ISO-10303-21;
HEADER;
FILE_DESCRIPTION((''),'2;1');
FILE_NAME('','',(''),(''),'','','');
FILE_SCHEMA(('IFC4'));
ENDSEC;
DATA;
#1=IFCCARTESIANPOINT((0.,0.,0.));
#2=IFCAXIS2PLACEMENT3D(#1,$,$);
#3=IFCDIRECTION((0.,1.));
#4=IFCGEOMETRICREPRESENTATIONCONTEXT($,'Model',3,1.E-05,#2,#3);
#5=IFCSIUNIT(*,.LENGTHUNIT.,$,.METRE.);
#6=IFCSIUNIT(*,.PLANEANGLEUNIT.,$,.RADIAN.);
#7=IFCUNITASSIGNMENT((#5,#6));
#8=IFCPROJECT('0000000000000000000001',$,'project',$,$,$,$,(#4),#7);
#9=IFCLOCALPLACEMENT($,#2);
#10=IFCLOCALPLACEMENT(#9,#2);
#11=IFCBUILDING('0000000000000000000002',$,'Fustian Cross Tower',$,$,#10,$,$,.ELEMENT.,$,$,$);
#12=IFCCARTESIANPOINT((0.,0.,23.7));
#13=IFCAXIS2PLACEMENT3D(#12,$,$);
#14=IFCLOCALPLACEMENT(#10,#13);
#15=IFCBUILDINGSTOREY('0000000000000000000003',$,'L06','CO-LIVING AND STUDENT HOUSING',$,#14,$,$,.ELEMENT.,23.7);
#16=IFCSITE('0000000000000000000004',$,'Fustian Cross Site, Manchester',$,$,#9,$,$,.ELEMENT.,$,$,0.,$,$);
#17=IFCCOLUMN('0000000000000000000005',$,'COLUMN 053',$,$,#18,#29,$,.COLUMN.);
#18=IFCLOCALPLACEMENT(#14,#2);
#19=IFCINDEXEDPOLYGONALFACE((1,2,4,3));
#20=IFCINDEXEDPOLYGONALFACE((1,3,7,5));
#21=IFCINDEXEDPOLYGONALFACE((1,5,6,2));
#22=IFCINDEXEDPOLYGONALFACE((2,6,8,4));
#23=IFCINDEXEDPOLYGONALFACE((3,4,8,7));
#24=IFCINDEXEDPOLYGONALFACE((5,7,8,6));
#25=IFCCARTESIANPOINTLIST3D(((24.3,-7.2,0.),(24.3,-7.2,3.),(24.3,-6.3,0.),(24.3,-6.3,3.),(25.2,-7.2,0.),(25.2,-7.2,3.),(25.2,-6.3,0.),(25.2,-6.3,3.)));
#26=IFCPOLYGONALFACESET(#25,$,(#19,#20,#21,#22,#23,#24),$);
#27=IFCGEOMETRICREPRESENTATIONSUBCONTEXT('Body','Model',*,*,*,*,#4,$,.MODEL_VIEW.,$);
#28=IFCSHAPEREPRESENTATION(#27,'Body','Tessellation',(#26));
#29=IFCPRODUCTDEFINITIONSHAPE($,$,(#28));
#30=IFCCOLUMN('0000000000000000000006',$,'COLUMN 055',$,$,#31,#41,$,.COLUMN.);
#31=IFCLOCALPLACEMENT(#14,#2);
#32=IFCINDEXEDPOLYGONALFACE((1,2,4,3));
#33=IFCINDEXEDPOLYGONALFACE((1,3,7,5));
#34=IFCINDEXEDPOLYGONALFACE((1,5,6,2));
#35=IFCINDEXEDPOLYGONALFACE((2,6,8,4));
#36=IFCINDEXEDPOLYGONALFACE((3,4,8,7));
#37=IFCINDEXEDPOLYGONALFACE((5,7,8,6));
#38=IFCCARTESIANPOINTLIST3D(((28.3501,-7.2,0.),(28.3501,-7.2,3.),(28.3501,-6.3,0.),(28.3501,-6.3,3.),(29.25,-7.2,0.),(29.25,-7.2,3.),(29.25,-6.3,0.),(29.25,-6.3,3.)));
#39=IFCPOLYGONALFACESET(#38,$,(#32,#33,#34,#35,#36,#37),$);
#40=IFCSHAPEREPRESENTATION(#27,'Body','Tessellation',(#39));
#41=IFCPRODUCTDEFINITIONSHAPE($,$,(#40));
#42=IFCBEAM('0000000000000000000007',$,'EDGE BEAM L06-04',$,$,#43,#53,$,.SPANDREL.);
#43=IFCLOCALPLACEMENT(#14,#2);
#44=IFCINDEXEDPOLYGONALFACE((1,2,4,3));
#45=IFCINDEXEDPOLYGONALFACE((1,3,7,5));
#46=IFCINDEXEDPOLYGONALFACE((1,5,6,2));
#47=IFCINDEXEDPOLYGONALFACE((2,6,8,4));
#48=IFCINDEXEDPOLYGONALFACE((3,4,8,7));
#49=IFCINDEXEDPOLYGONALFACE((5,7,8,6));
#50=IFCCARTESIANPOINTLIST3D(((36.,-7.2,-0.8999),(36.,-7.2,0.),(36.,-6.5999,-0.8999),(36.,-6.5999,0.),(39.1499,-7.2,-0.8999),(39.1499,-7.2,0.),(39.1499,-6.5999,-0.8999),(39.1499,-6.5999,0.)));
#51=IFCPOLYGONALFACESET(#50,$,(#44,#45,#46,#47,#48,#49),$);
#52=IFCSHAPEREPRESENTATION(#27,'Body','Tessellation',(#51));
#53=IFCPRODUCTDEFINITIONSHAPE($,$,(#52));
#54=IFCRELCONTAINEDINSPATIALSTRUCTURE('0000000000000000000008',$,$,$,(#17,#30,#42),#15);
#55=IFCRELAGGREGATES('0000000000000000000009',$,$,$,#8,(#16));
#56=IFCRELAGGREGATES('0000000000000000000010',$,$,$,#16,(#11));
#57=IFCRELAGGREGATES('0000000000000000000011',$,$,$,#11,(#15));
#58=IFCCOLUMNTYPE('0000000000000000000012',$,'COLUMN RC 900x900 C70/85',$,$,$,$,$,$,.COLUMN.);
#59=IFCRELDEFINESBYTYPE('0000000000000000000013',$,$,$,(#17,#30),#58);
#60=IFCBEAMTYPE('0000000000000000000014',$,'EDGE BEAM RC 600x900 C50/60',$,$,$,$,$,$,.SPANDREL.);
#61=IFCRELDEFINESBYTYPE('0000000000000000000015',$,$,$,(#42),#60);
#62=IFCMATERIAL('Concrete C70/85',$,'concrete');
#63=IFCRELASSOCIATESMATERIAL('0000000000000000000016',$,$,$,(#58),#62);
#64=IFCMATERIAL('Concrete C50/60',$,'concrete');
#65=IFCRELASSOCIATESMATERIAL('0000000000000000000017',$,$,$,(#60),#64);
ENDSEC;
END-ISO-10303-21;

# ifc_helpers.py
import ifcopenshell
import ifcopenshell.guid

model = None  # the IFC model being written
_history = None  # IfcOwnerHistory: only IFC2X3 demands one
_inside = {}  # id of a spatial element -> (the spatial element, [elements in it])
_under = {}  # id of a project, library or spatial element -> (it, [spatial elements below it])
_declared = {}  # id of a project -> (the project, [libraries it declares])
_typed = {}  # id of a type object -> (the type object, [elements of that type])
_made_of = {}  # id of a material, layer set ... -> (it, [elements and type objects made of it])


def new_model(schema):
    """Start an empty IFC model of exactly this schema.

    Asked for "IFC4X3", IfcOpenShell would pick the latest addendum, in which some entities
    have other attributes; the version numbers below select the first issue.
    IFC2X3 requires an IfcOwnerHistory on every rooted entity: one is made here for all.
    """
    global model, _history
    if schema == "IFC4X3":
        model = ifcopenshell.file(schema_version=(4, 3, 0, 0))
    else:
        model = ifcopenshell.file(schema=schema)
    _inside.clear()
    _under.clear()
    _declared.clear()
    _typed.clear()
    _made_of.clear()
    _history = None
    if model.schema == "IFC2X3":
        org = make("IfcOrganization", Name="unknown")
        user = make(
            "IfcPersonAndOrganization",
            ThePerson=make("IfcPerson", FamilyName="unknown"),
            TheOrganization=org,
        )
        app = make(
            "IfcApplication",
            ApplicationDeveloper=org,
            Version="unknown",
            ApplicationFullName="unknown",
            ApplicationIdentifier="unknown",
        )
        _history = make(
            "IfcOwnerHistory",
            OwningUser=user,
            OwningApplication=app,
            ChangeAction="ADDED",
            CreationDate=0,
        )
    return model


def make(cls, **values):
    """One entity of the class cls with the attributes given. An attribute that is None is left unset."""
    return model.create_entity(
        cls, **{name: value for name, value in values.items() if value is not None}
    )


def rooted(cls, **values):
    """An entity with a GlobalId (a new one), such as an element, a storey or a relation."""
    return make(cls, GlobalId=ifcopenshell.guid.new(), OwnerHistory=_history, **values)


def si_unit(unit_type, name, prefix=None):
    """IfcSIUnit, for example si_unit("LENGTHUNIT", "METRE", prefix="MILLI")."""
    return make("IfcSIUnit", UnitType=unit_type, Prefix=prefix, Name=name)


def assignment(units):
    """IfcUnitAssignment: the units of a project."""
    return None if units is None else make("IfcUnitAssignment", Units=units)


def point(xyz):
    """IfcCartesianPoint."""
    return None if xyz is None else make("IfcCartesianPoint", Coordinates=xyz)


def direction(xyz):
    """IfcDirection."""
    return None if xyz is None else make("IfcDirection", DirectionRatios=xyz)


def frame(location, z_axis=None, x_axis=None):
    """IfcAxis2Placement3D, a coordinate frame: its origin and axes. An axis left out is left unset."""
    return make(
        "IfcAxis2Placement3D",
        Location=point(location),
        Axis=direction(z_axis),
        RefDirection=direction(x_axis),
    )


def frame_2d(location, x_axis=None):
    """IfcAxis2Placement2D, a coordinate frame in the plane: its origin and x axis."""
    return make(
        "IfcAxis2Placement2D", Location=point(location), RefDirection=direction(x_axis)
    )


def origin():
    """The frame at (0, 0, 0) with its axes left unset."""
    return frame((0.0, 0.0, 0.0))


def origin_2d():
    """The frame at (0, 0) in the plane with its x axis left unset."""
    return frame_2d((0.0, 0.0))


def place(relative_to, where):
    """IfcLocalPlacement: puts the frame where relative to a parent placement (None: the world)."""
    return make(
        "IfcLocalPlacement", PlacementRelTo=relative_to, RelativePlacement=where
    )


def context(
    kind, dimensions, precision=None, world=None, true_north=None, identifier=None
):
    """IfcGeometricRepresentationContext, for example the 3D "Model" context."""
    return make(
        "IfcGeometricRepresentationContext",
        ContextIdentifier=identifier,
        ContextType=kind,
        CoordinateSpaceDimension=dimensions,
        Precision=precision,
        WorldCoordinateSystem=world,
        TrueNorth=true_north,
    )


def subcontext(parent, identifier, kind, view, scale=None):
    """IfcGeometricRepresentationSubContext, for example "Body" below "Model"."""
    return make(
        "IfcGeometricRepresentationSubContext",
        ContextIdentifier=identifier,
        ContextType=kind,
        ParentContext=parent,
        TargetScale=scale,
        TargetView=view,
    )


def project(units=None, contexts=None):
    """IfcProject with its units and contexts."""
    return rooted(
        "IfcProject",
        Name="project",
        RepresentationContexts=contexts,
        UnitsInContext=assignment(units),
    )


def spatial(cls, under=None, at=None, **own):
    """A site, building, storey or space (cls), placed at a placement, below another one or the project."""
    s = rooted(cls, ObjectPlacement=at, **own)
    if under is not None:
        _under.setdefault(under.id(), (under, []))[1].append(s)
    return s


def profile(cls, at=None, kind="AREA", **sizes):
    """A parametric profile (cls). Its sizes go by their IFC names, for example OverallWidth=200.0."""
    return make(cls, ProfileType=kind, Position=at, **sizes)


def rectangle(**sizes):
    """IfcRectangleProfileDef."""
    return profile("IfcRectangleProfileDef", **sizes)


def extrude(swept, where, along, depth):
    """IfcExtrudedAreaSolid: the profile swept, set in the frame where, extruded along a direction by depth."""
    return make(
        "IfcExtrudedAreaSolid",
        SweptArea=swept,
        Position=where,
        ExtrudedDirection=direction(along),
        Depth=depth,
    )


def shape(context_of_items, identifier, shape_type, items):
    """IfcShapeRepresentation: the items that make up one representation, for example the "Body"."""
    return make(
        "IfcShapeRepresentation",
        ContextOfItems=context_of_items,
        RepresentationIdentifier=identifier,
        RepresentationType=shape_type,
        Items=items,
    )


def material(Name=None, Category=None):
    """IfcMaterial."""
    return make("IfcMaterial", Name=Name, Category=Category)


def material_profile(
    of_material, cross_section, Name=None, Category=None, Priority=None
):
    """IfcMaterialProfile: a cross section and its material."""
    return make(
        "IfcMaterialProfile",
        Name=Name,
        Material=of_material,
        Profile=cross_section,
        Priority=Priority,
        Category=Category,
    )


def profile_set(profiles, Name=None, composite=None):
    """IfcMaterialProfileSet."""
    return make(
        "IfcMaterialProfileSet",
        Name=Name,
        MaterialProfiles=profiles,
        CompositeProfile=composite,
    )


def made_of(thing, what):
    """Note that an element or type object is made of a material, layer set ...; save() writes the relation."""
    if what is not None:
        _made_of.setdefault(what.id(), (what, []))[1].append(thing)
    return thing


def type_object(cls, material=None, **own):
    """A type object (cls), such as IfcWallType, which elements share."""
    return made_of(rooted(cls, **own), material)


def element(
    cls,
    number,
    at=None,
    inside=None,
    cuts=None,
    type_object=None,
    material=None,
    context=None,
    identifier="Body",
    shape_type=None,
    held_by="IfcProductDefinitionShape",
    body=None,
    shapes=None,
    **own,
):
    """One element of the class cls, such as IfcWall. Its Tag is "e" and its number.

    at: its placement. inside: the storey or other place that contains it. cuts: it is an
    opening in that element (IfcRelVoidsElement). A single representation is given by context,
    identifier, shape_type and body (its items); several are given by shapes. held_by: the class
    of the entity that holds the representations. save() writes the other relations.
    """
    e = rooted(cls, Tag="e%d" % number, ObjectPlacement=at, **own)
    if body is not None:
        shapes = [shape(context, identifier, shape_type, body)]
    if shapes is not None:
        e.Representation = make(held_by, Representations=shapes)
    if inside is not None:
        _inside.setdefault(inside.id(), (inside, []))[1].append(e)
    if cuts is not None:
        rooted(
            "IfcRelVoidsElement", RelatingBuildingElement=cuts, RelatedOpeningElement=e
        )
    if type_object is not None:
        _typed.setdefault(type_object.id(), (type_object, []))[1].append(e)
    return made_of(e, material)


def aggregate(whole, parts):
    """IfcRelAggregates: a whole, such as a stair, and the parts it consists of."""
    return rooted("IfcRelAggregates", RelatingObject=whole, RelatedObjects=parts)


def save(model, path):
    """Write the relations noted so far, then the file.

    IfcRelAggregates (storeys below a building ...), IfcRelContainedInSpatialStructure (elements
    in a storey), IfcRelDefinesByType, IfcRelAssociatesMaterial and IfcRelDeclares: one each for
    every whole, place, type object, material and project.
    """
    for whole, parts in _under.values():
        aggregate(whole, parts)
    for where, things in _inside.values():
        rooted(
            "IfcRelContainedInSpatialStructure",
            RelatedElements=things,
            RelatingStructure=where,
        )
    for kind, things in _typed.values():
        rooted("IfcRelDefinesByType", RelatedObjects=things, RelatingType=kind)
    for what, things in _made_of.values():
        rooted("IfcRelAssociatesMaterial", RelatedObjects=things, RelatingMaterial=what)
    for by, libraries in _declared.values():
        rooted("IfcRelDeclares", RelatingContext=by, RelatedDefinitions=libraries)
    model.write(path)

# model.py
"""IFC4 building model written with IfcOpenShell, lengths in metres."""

from ifc_helpers import new_model, si_unit, direction, frame, origin, origin_2d, place, context, subcontext, project, spatial, rectangle, extrude, material, material_profile, profile_set, type_object, element, save


model = new_model("IFC4")

# Units and contexts
model_context = context("Model", 3, precision=1e-05, world=origin(), true_north=direction((0.0, 1.0)))
body_context = subcontext(model_context, "Body", "Model", "MODEL_VIEW")
ifc_project = project(units=[si_unit("LENGTHUNIT", "METRE"), si_unit("PLANEANGLEUNIT", "RADIAN")], contexts=[model_context])

# Site, building, storey
site_placement = place(None, origin())
site = spatial("IfcSite", under=ifc_project, at=site_placement, Name="Fustian Cross Site, Manchester", CompositionType="ELEMENT", RefElevation=0.0)
building_placement = place(site_placement, origin())
building = spatial("IfcBuilding", under=site, at=building_placement, Name="Fustian Cross Tower", CompositionType="ELEMENT")
storey_placement = place(building_placement, frame((0.0, 0.0, 23.7)))
storey = spatial("IfcBuildingStorey", under=building, at=storey_placement, Name="L06", Description="CO-LIVING AND STUDENT HOUSING", CompositionType="ELEMENT", Elevation=23.7)

# Columns
ifc_material_1 = material(Name="Concrete C70/85", Category="concrete")
ifc_material_profile_1 = material_profile(ifc_material_1, rectangle(XDim=0.8999, YDim=0.8999, at=origin_2d()), Name="RC 900x900")
ifc_profile_set_1 = profile_set([ifc_material_profile_1], Name="Concrete C70/85")
column_type = type_object("IfcColumnType", Name="COLUMN RC 900x900 C70/85", PredefinedType="COLUMN", material=ifc_profile_set_1)
for number, where, z_axis, x_axis, name in (
    (1, (24.75, -6.75, 0.0), (0.0, 0.0, 1.0), (1.0, 0.0, 0.0), "COLUMN 053"),
    (2, (28.8, -6.75, 0.0), (0.0, 0.0, 1.0), (1.0, 0.0, 0.0), "COLUMN 055"),
):
    element("IfcColumn", number, at=place(storey_placement, frame(where, z_axis=z_axis, x_axis=x_axis)), inside=storey, type_object=column_type, Name=name, PredefinedType="COLUMN", context=body_context, shape_type="SweptSolid", body=[
        extrude(rectangle(XDim=0.8999, YDim=0.8999, at=origin_2d()), origin(), (0.0, 0.0, 1.0), 3.0),
    ])

# Beam
ifc_material_2 = material(Name="Concrete C50/60", Category="concrete")
ifc_material_profile_2 = material_profile(ifc_material_2, rectangle(XDim=0.6001, YDim=0.8999, at=origin_2d()), Name="RC 600x900")
ifc_profile_set_2 = profile_set([ifc_material_profile_2], Name="Concrete C50/60")
beam_type = type_object("IfcBeamType", Name="EDGE BEAM RC 600x900 C50/60", PredefinedType="SPANDREL", material=ifc_profile_set_2)
beam_placement = place(storey_placement, frame((36.0, -6.8999, -0.45), z_axis=(1.0, 0.0, 0.0), x_axis=(0.0, 1.0, 0.0)))
element("IfcBeam", 3, at=beam_placement, inside=storey, type_object=beam_type, Name="EDGE BEAM L06-04", PredefinedType="SPANDREL", context=body_context, shape_type="SweptSolid", body=[
    extrude(rectangle(XDim=0.6001, YDim=0.8999, at=origin_2d()), origin(), (0.0, 0.0, 1.0), 3.1499),
])

save(model, "model.ifc")
